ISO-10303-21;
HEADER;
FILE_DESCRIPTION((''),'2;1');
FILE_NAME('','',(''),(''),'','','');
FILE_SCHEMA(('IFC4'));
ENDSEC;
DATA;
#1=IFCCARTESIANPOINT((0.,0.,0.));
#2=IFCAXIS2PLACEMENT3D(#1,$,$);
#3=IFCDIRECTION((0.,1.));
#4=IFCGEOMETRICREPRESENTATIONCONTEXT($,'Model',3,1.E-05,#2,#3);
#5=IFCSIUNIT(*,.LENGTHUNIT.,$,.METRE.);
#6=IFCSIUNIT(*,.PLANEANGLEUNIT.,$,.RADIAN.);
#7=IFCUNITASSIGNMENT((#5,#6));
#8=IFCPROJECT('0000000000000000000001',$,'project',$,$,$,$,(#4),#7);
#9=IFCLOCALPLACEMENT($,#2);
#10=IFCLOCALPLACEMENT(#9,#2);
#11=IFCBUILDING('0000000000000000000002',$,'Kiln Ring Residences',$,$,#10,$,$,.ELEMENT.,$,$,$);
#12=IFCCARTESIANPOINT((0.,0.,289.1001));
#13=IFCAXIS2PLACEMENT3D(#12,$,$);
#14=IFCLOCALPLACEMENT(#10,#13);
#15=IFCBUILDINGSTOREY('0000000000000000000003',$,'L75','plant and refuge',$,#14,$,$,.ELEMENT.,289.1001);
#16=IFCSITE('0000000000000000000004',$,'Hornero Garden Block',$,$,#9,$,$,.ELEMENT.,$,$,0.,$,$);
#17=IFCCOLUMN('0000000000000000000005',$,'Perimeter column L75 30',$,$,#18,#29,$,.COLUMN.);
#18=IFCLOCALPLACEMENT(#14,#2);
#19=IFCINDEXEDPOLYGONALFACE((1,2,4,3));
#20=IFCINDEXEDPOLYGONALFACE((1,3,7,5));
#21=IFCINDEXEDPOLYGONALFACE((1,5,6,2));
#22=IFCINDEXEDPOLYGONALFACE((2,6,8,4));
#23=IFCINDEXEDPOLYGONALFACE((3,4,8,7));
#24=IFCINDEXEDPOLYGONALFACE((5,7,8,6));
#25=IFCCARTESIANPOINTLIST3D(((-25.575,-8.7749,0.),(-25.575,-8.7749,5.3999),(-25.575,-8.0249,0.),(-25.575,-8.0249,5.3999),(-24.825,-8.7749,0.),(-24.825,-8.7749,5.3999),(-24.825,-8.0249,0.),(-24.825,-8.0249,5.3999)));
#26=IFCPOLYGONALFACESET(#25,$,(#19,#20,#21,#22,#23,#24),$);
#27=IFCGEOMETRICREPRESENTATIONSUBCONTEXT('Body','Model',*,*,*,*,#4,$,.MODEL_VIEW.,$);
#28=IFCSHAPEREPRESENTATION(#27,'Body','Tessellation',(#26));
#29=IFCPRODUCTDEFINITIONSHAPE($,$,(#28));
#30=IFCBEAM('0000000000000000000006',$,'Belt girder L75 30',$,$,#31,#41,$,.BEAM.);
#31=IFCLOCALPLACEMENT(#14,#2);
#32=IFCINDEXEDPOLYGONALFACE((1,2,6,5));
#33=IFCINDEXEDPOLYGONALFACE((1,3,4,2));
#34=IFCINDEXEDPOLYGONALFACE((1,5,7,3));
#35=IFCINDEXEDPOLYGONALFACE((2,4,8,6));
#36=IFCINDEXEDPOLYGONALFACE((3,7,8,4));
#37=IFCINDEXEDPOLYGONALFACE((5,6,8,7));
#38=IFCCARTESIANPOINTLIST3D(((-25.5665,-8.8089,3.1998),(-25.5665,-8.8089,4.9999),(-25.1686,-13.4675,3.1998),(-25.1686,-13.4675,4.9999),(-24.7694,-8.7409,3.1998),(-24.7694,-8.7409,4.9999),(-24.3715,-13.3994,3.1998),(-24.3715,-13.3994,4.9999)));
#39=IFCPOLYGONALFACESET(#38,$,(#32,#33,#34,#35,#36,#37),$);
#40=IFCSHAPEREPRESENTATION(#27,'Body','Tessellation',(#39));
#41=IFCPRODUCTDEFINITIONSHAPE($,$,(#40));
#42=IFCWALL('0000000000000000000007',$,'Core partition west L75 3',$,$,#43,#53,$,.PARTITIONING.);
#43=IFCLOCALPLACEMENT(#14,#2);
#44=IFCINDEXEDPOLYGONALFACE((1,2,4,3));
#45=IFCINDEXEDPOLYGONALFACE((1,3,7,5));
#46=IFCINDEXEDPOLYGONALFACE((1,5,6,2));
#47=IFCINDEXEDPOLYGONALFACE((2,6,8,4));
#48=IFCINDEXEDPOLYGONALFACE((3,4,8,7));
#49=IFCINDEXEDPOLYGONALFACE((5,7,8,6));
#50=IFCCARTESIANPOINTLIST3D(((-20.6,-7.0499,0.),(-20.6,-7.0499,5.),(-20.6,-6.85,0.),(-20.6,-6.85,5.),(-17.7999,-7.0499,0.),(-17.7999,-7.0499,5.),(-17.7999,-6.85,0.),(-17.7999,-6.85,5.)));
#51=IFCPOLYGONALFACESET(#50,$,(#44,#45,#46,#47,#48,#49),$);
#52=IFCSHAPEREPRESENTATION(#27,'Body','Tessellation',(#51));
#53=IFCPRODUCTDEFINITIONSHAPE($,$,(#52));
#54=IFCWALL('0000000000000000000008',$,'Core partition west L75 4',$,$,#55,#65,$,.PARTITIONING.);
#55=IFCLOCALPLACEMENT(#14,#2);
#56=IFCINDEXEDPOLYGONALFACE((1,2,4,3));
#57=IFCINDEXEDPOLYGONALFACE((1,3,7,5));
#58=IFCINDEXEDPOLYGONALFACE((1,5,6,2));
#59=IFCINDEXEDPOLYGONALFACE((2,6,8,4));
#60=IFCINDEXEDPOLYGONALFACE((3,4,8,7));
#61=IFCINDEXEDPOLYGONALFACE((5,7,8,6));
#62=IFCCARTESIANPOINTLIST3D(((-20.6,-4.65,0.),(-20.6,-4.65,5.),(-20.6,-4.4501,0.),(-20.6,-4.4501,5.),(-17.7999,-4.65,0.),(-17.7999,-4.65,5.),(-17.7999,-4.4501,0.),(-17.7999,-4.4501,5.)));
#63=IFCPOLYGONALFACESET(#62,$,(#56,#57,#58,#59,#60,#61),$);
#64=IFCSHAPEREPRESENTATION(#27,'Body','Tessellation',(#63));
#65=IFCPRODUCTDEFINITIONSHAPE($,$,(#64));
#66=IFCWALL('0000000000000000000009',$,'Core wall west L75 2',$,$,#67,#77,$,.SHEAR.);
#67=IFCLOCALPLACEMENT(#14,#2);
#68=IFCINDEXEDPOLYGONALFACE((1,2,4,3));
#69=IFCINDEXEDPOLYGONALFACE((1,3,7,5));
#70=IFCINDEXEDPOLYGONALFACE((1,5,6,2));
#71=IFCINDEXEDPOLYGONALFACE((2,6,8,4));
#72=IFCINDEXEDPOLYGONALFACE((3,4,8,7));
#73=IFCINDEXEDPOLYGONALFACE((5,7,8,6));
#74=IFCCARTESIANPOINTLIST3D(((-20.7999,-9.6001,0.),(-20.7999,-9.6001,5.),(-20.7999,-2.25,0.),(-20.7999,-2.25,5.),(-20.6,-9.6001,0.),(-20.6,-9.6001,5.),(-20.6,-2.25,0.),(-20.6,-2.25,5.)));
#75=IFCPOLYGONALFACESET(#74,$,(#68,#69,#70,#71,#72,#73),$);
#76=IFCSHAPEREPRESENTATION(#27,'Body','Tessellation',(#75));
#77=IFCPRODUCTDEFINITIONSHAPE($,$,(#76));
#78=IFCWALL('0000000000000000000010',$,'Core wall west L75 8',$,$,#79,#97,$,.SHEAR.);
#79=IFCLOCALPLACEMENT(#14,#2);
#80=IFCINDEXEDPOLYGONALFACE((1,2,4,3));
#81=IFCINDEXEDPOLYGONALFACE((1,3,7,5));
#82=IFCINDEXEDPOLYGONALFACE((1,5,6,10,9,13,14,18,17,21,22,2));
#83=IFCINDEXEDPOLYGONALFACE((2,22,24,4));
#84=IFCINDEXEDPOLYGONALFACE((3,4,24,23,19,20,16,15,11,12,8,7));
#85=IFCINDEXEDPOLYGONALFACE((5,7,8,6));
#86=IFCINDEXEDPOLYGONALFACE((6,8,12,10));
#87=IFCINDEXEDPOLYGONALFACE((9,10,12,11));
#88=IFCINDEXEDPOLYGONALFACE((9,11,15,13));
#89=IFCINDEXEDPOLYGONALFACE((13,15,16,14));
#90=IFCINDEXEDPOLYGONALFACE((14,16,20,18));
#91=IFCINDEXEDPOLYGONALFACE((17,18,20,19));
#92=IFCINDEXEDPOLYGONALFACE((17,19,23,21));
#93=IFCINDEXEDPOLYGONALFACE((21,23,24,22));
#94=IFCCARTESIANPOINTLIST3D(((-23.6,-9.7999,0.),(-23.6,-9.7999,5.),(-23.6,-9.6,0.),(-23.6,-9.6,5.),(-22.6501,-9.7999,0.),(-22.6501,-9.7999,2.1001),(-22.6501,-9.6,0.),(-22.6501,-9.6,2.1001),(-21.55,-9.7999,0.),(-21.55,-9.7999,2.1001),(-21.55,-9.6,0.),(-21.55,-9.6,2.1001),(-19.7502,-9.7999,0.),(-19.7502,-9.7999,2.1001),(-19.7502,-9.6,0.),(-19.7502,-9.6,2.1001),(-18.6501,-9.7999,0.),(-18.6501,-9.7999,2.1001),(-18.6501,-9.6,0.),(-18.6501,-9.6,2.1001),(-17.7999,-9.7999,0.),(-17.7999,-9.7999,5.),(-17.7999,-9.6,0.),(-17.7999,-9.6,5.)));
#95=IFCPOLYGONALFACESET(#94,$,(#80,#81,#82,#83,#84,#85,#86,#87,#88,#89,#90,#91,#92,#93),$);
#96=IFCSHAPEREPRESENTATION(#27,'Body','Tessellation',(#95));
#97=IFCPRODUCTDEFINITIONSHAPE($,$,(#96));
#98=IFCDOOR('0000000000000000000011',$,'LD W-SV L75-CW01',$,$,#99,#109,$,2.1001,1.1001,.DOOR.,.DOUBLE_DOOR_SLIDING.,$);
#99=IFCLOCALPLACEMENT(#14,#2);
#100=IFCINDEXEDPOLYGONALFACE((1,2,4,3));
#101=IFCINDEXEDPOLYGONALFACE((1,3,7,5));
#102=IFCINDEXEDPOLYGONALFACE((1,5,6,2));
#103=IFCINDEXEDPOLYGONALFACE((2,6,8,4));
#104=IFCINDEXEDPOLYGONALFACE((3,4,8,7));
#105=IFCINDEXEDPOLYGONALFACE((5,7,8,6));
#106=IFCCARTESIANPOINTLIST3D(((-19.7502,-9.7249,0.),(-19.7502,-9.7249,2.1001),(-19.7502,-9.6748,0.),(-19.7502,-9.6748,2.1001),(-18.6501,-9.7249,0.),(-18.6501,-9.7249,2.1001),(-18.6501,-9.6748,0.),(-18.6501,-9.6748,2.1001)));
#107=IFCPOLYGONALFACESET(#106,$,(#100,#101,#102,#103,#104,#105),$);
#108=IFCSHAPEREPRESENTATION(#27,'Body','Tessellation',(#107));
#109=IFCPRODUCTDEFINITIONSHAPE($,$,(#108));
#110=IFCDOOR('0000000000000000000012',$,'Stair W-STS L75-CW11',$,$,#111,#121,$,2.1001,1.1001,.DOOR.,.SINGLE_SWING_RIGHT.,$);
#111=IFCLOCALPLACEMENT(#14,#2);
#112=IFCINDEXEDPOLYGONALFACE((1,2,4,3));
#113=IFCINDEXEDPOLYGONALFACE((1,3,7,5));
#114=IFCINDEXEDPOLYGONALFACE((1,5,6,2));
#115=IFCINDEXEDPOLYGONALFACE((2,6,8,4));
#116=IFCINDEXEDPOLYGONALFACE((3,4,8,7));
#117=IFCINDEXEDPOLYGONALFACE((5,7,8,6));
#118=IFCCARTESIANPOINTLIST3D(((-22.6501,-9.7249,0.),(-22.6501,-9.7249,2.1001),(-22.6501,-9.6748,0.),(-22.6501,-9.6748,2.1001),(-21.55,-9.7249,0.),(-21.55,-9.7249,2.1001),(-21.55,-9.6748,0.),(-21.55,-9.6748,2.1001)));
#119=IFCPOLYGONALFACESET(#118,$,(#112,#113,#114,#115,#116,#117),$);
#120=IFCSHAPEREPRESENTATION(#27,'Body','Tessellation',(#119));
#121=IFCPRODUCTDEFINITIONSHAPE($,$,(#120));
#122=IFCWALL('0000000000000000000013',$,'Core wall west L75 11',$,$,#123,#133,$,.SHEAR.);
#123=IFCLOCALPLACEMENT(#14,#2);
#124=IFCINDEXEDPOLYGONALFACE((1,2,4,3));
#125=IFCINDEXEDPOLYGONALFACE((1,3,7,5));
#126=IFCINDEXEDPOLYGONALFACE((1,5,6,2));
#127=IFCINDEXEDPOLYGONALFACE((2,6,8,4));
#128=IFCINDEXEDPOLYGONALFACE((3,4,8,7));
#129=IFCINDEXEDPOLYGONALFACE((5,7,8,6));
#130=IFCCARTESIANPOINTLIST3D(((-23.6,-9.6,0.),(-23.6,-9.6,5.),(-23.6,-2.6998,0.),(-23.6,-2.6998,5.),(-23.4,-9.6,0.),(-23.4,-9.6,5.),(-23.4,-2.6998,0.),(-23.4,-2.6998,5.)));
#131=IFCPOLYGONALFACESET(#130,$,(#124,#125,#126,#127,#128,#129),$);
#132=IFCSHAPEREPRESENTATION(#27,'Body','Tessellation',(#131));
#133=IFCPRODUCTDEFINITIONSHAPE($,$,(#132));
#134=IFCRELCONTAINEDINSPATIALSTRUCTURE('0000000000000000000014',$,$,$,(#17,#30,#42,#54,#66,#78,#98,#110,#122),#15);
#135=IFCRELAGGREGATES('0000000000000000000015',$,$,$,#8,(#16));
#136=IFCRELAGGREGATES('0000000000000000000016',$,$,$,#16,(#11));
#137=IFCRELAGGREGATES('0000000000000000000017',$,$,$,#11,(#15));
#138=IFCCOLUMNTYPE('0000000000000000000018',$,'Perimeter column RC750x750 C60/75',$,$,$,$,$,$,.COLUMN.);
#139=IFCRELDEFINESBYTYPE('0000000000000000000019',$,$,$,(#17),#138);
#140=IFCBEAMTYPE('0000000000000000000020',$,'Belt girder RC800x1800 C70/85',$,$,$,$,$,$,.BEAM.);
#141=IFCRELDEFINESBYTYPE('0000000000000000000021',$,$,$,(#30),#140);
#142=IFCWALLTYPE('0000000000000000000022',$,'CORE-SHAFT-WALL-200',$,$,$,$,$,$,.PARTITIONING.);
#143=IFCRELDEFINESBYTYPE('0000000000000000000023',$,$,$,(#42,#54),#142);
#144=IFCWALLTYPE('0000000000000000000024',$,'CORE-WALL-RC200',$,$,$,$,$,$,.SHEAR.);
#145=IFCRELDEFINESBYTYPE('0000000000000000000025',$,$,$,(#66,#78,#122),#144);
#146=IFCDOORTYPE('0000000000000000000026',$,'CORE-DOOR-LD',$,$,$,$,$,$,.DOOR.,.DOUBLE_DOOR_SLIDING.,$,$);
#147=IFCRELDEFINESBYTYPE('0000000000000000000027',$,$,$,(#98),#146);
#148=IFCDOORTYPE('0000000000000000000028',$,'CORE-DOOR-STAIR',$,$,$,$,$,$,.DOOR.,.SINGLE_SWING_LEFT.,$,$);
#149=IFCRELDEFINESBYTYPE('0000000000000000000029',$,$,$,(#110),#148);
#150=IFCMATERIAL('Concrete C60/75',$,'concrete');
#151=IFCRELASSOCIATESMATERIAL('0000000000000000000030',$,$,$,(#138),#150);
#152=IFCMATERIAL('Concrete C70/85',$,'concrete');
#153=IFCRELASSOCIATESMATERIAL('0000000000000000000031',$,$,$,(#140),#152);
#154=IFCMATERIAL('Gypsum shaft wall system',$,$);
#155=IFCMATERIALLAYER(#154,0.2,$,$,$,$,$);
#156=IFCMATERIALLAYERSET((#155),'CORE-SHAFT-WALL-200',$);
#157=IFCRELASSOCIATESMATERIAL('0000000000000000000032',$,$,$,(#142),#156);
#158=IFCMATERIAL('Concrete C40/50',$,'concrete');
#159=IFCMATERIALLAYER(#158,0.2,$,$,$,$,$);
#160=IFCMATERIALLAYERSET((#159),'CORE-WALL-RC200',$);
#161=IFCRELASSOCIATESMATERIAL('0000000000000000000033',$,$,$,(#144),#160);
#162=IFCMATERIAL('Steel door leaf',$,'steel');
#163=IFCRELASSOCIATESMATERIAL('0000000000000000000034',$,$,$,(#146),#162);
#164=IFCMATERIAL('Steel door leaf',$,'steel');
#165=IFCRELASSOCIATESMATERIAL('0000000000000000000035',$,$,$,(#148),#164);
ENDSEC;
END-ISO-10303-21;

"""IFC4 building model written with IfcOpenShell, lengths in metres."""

from ifc_helpers import new_model, si_unit, direction, frame, frame_2d, origin, origin_2d, place, context, subcontext, project, spatial, rectangle, extrude, material, layer, layer_set, material_profile, profile_set, type_object, element, fill, save


model = new_model("IFC4")

# Units and contexts
model_context = context("Model", 3, precision=1e-05, world=origin(), true_north=direction((0.0, 1.0)))
body_context = subcontext(model_context, "Body", "Model", "MODEL_VIEW")
ifc_project = project(units=[si_unit("LENGTHUNIT", "METRE"), si_unit("PLANEANGLEUNIT", "RADIAN")], contexts=[model_context])

# Site, building, storey
site_placement = place(None, origin())
site = spatial("IfcSite", under=ifc_project, at=site_placement, Name="Hornero Garden Block", CompositionType="ELEMENT", RefElevation=0.0)
building_placement = place(site_placement, origin())
building = spatial("IfcBuilding", under=site, at=building_placement, Name="Kiln Ring Residences", CompositionType="ELEMENT")
storey_placement = place(building_placement, frame((0.0, 0.0, 289.1001)))
storey = spatial("IfcBuildingStorey", under=building, at=storey_placement, Name="L75", Description="plant and refuge", CompositionType="ELEMENT", Elevation=289.1001)

# Column
ifc_material_1 = material(Name="Concrete C60/75", Category="concrete")
ifc_material_profile_1 = material_profile(ifc_material_1, rectangle(XDim=0.75, YDim=0.75, at=origin_2d()), Name="RC750x750")
ifc_profile_set_1 = profile_set([ifc_material_profile_1], Name="Concrete C60/75")
column_type = type_object("IfcColumnType", Name="Perimeter column RC750x750 C60/75", PredefinedType="COLUMN", material=ifc_profile_set_1)
column_placement = place(storey_placement, frame((-25.2, -8.3999, 0.0), z_axis=(0.0, 0.0, 1.0), x_axis=(1.0, 0.0, 0.0)))
element("IfcColumn", 1, at=column_placement, inside=storey, type_object=column_type, Name="Perimeter column L75 30", PredefinedType="COLUMN", context=body_context, shape_type="SweptSolid", body=[
    extrude(rectangle(XDim=0.75, YDim=0.75, at=origin_2d()), origin(), (0.0, 0.0, 1.0), 5.3999),
])

# Beam
ifc_material_2 = material(Name="Concrete C70/85", Category="concrete")
ifc_material_profile_2 = material_profile(ifc_material_2, rectangle(XDim=0.8, YDim=1.8, at=origin_2d()), Name="RC800x1800")
ifc_profile_set_2 = profile_set([ifc_material_profile_2], Name="Concrete C70/85")
beam_type = type_object("IfcBeamType", Name="Belt girder RC800x1800 C70/85", PredefinedType="BEAM", material=ifc_profile_set_2)
beam_placement = place(storey_placement, frame((-25.168, -8.7749, 4.0999), z_axis=(0.085111, -0.996371, 0.0), x_axis=(0.996371, 0.085111, 0.0)))
element("IfcBeam", 2, at=beam_placement, inside=storey, type_object=beam_type, Name="Belt girder L75 30", PredefinedType="BEAM", context=body_context, shape_type="SweptSolid", body=[
    extrude(rectangle(XDim=0.8, YDim=1.8, at=origin_2d()), origin(), (0.0, 0.0, 1.0), 4.6755),
])

# Walls
ifc_material_3 = material(Name="Gypsum shaft wall system")
ifc_layer_1 = layer(ifc_material_3, 0.2)
ifc_layer_set_1 = layer_set([ifc_layer_1], Name="CORE-SHAFT-WALL-200")
wall_type_1 = type_object("IfcWallType", Name="CORE-SHAFT-WALL-200", PredefinedType="PARTITIONING", material=ifc_layer_set_1)
for number, where, z_axis, x_axis, name in (
    (3, (-17.8, -6.95, 0.0), (0.0, 0.0, 1.0), (-1.0, 0.0, 0.0), "Core partition west L75 3"),
    (4, (-17.8, -4.55, 0.0), (0.0, 0.0, 1.0), (-1.0, 0.0, 0.0), "Core partition west L75 4"),
):
    element("IfcWall", number, at=place(storey_placement, frame(where, z_axis=z_axis, x_axis=x_axis)), inside=storey, type_object=wall_type_1, Name=name, PredefinedType="PARTITIONING", context=body_context, shape_type="SweptSolid", body=[
        extrude(rectangle(XDim=2.8, YDim=0.2, at=frame_2d((1.3999, 0.0))), origin(), (0.0, 0.0, 1.0), 5.0),
    ])
ifc_material_4 = material(Name="Concrete C40/50", Category="concrete")
ifc_layer_2 = layer(ifc_material_4, 0.2)
ifc_layer_set_2 = layer_set([ifc_layer_2], Name="CORE-WALL-RC200")
wall_type_2 = type_object("IfcWallType", Name="CORE-WALL-RC200", PredefinedType="SHEAR", material=ifc_layer_set_2)
wall_1_placement = place(storey_placement, frame((-20.7, -9.6001, 0.0), z_axis=(0.0, 0.0, 1.0), x_axis=(0.0, 1.0, 0.0)))
element("IfcWall", 5, at=wall_1_placement, inside=storey, type_object=wall_type_2, Name="Core wall west L75 2", PredefinedType="SHEAR", context=body_context, shape_type="SweptSolid", body=[
    extrude(rectangle(XDim=7.3501, YDim=0.2, at=frame_2d((3.675, 0.0))), origin(), (0.0, 0.0, 1.0), 5.0),
])

# Wall, openings, doors
wall_2_placement = place(storey_placement, frame((-17.8, -9.7, 0.0), z_axis=(0.0, 0.0, 1.0), x_axis=(-1.0, 0.0, 0.0)))
wall_2 = element("IfcWall", 6, at=wall_2_placement, inside=storey, type_object=wall_type_2, Name="Core wall west L75 8", PredefinedType="SHEAR", context=body_context, shape_type="SweptSolid", body=[
    extrude(rectangle(XDim=5.8, YDim=0.2, at=frame_2d((2.8999, 0.0))), origin(), (0.0, 0.0, 1.0), 5.0),
])
opening_1_placement = place(wall_2_placement, frame((0.8501, 0.0, 0.0)))
opening_1 = element("IfcOpeningElement", 7, at=opening_1_placement, cuts=wall_2, PredefinedType="OPENING", context=body_context, shape_type="SweptSolid", body=[
    extrude(rectangle(XDim=1.1001, YDim=2.1001, at=frame_2d((0.55, 1.05))), frame((0.0, 0.1099, 0.0), z_axis=(0.0, -1.0, 0.0), x_axis=(1.0, 0.0, 0.0)), (0.0, 0.0, 1.0), 0.22),
])
opening_2_placement = place(wall_2_placement, frame((3.75, 0.0, 0.0)))
opening_2 = element("IfcOpeningElement", 8, at=opening_2_placement, cuts=wall_2, PredefinedType="OPENING", context=body_context, shape_type="SweptSolid", body=[
    extrude(rectangle(XDim=1.1001, YDim=2.1001, at=frame_2d((0.55, 1.05))), frame((0.0, 0.1099, 0.0), z_axis=(0.0, -1.0, 0.0), x_axis=(1.0, 0.0, 0.0)), (0.0, 0.0, 1.0), 0.22),
])
ifc_material_5 = material(Name="Steel door leaf", Category="steel")
door_type_1 = type_object("IfcDoorType", Name="CORE-DOOR-LD", OperationType="DOUBLE_DOOR_SLIDING", PredefinedType="DOOR", material=ifc_material_5)
door_1_placement = place(opening_1_placement, origin())
door_1 = element("IfcDoor", 9, at=door_1_placement, inside=storey, type_object=door_type_1, Name="LD W-SV L75-CW01", OperationType="DOUBLE_DOOR_SLIDING", OverallHeight=2.1001, OverallWidth=1.1001, PredefinedType="DOOR", context=body_context, shape_type="SweptSolid", body=[
    extrude(rectangle(XDim=1.1001, YDim=2.1001, at=frame_2d((0.55, 1.05))), frame((0.0, 0.0249, 0.0), z_axis=(0.0, -1.0, 0.0), x_axis=(1.0, 0.0, 0.0)), (0.0, 0.0, 1.0), 0.05),
])
fill(opening_1, door_1)
ifc_material_6 = material(Name="Steel door leaf", Category="steel")
door_type_2 = type_object("IfcDoorType", Name="CORE-DOOR-STAIR", OperationType="SINGLE_SWING_LEFT", PredefinedType="DOOR", material=ifc_material_6)
door_2_placement = place(opening_2_placement, origin())
door_2 = element("IfcDoor", 10, at=door_2_placement, inside=storey, type_object=door_type_2, Name="Stair W-STS L75-CW11", OperationType="SINGLE_SWING_RIGHT", OverallHeight=2.1001, OverallWidth=1.1001, PredefinedType="DOOR", context=body_context, shape_type="SweptSolid", body=[
    extrude(rectangle(XDim=1.1001, YDim=2.1001, at=frame_2d((0.55, 1.05))), frame((0.0, 0.0249, 0.0), z_axis=(0.0, -1.0, 0.0), x_axis=(1.0, 0.0, 0.0)), (0.0, 0.0, 1.0), 0.05),
])
fill(opening_2, door_2)

# Wall
wall_3_placement = place(storey_placement, frame((-23.5, -9.6001, 0.0), z_axis=(0.0, 0.0, 1.0), x_axis=(0.0, 1.0, 0.0)))
element("IfcWall", 11, at=wall_3_placement, inside=storey, type_object=wall_type_2, Name="Core wall west L75 11", PredefinedType="SHEAR", context=body_context, shape_type="SweptSolid", body=[
    extrude(rectangle(XDim=6.9001, YDim=0.2, at=frame_2d((3.4502, 0.0))), origin(), (0.0, 0.0, 1.0), 5.0),
])

save(model, "model.ifc")
